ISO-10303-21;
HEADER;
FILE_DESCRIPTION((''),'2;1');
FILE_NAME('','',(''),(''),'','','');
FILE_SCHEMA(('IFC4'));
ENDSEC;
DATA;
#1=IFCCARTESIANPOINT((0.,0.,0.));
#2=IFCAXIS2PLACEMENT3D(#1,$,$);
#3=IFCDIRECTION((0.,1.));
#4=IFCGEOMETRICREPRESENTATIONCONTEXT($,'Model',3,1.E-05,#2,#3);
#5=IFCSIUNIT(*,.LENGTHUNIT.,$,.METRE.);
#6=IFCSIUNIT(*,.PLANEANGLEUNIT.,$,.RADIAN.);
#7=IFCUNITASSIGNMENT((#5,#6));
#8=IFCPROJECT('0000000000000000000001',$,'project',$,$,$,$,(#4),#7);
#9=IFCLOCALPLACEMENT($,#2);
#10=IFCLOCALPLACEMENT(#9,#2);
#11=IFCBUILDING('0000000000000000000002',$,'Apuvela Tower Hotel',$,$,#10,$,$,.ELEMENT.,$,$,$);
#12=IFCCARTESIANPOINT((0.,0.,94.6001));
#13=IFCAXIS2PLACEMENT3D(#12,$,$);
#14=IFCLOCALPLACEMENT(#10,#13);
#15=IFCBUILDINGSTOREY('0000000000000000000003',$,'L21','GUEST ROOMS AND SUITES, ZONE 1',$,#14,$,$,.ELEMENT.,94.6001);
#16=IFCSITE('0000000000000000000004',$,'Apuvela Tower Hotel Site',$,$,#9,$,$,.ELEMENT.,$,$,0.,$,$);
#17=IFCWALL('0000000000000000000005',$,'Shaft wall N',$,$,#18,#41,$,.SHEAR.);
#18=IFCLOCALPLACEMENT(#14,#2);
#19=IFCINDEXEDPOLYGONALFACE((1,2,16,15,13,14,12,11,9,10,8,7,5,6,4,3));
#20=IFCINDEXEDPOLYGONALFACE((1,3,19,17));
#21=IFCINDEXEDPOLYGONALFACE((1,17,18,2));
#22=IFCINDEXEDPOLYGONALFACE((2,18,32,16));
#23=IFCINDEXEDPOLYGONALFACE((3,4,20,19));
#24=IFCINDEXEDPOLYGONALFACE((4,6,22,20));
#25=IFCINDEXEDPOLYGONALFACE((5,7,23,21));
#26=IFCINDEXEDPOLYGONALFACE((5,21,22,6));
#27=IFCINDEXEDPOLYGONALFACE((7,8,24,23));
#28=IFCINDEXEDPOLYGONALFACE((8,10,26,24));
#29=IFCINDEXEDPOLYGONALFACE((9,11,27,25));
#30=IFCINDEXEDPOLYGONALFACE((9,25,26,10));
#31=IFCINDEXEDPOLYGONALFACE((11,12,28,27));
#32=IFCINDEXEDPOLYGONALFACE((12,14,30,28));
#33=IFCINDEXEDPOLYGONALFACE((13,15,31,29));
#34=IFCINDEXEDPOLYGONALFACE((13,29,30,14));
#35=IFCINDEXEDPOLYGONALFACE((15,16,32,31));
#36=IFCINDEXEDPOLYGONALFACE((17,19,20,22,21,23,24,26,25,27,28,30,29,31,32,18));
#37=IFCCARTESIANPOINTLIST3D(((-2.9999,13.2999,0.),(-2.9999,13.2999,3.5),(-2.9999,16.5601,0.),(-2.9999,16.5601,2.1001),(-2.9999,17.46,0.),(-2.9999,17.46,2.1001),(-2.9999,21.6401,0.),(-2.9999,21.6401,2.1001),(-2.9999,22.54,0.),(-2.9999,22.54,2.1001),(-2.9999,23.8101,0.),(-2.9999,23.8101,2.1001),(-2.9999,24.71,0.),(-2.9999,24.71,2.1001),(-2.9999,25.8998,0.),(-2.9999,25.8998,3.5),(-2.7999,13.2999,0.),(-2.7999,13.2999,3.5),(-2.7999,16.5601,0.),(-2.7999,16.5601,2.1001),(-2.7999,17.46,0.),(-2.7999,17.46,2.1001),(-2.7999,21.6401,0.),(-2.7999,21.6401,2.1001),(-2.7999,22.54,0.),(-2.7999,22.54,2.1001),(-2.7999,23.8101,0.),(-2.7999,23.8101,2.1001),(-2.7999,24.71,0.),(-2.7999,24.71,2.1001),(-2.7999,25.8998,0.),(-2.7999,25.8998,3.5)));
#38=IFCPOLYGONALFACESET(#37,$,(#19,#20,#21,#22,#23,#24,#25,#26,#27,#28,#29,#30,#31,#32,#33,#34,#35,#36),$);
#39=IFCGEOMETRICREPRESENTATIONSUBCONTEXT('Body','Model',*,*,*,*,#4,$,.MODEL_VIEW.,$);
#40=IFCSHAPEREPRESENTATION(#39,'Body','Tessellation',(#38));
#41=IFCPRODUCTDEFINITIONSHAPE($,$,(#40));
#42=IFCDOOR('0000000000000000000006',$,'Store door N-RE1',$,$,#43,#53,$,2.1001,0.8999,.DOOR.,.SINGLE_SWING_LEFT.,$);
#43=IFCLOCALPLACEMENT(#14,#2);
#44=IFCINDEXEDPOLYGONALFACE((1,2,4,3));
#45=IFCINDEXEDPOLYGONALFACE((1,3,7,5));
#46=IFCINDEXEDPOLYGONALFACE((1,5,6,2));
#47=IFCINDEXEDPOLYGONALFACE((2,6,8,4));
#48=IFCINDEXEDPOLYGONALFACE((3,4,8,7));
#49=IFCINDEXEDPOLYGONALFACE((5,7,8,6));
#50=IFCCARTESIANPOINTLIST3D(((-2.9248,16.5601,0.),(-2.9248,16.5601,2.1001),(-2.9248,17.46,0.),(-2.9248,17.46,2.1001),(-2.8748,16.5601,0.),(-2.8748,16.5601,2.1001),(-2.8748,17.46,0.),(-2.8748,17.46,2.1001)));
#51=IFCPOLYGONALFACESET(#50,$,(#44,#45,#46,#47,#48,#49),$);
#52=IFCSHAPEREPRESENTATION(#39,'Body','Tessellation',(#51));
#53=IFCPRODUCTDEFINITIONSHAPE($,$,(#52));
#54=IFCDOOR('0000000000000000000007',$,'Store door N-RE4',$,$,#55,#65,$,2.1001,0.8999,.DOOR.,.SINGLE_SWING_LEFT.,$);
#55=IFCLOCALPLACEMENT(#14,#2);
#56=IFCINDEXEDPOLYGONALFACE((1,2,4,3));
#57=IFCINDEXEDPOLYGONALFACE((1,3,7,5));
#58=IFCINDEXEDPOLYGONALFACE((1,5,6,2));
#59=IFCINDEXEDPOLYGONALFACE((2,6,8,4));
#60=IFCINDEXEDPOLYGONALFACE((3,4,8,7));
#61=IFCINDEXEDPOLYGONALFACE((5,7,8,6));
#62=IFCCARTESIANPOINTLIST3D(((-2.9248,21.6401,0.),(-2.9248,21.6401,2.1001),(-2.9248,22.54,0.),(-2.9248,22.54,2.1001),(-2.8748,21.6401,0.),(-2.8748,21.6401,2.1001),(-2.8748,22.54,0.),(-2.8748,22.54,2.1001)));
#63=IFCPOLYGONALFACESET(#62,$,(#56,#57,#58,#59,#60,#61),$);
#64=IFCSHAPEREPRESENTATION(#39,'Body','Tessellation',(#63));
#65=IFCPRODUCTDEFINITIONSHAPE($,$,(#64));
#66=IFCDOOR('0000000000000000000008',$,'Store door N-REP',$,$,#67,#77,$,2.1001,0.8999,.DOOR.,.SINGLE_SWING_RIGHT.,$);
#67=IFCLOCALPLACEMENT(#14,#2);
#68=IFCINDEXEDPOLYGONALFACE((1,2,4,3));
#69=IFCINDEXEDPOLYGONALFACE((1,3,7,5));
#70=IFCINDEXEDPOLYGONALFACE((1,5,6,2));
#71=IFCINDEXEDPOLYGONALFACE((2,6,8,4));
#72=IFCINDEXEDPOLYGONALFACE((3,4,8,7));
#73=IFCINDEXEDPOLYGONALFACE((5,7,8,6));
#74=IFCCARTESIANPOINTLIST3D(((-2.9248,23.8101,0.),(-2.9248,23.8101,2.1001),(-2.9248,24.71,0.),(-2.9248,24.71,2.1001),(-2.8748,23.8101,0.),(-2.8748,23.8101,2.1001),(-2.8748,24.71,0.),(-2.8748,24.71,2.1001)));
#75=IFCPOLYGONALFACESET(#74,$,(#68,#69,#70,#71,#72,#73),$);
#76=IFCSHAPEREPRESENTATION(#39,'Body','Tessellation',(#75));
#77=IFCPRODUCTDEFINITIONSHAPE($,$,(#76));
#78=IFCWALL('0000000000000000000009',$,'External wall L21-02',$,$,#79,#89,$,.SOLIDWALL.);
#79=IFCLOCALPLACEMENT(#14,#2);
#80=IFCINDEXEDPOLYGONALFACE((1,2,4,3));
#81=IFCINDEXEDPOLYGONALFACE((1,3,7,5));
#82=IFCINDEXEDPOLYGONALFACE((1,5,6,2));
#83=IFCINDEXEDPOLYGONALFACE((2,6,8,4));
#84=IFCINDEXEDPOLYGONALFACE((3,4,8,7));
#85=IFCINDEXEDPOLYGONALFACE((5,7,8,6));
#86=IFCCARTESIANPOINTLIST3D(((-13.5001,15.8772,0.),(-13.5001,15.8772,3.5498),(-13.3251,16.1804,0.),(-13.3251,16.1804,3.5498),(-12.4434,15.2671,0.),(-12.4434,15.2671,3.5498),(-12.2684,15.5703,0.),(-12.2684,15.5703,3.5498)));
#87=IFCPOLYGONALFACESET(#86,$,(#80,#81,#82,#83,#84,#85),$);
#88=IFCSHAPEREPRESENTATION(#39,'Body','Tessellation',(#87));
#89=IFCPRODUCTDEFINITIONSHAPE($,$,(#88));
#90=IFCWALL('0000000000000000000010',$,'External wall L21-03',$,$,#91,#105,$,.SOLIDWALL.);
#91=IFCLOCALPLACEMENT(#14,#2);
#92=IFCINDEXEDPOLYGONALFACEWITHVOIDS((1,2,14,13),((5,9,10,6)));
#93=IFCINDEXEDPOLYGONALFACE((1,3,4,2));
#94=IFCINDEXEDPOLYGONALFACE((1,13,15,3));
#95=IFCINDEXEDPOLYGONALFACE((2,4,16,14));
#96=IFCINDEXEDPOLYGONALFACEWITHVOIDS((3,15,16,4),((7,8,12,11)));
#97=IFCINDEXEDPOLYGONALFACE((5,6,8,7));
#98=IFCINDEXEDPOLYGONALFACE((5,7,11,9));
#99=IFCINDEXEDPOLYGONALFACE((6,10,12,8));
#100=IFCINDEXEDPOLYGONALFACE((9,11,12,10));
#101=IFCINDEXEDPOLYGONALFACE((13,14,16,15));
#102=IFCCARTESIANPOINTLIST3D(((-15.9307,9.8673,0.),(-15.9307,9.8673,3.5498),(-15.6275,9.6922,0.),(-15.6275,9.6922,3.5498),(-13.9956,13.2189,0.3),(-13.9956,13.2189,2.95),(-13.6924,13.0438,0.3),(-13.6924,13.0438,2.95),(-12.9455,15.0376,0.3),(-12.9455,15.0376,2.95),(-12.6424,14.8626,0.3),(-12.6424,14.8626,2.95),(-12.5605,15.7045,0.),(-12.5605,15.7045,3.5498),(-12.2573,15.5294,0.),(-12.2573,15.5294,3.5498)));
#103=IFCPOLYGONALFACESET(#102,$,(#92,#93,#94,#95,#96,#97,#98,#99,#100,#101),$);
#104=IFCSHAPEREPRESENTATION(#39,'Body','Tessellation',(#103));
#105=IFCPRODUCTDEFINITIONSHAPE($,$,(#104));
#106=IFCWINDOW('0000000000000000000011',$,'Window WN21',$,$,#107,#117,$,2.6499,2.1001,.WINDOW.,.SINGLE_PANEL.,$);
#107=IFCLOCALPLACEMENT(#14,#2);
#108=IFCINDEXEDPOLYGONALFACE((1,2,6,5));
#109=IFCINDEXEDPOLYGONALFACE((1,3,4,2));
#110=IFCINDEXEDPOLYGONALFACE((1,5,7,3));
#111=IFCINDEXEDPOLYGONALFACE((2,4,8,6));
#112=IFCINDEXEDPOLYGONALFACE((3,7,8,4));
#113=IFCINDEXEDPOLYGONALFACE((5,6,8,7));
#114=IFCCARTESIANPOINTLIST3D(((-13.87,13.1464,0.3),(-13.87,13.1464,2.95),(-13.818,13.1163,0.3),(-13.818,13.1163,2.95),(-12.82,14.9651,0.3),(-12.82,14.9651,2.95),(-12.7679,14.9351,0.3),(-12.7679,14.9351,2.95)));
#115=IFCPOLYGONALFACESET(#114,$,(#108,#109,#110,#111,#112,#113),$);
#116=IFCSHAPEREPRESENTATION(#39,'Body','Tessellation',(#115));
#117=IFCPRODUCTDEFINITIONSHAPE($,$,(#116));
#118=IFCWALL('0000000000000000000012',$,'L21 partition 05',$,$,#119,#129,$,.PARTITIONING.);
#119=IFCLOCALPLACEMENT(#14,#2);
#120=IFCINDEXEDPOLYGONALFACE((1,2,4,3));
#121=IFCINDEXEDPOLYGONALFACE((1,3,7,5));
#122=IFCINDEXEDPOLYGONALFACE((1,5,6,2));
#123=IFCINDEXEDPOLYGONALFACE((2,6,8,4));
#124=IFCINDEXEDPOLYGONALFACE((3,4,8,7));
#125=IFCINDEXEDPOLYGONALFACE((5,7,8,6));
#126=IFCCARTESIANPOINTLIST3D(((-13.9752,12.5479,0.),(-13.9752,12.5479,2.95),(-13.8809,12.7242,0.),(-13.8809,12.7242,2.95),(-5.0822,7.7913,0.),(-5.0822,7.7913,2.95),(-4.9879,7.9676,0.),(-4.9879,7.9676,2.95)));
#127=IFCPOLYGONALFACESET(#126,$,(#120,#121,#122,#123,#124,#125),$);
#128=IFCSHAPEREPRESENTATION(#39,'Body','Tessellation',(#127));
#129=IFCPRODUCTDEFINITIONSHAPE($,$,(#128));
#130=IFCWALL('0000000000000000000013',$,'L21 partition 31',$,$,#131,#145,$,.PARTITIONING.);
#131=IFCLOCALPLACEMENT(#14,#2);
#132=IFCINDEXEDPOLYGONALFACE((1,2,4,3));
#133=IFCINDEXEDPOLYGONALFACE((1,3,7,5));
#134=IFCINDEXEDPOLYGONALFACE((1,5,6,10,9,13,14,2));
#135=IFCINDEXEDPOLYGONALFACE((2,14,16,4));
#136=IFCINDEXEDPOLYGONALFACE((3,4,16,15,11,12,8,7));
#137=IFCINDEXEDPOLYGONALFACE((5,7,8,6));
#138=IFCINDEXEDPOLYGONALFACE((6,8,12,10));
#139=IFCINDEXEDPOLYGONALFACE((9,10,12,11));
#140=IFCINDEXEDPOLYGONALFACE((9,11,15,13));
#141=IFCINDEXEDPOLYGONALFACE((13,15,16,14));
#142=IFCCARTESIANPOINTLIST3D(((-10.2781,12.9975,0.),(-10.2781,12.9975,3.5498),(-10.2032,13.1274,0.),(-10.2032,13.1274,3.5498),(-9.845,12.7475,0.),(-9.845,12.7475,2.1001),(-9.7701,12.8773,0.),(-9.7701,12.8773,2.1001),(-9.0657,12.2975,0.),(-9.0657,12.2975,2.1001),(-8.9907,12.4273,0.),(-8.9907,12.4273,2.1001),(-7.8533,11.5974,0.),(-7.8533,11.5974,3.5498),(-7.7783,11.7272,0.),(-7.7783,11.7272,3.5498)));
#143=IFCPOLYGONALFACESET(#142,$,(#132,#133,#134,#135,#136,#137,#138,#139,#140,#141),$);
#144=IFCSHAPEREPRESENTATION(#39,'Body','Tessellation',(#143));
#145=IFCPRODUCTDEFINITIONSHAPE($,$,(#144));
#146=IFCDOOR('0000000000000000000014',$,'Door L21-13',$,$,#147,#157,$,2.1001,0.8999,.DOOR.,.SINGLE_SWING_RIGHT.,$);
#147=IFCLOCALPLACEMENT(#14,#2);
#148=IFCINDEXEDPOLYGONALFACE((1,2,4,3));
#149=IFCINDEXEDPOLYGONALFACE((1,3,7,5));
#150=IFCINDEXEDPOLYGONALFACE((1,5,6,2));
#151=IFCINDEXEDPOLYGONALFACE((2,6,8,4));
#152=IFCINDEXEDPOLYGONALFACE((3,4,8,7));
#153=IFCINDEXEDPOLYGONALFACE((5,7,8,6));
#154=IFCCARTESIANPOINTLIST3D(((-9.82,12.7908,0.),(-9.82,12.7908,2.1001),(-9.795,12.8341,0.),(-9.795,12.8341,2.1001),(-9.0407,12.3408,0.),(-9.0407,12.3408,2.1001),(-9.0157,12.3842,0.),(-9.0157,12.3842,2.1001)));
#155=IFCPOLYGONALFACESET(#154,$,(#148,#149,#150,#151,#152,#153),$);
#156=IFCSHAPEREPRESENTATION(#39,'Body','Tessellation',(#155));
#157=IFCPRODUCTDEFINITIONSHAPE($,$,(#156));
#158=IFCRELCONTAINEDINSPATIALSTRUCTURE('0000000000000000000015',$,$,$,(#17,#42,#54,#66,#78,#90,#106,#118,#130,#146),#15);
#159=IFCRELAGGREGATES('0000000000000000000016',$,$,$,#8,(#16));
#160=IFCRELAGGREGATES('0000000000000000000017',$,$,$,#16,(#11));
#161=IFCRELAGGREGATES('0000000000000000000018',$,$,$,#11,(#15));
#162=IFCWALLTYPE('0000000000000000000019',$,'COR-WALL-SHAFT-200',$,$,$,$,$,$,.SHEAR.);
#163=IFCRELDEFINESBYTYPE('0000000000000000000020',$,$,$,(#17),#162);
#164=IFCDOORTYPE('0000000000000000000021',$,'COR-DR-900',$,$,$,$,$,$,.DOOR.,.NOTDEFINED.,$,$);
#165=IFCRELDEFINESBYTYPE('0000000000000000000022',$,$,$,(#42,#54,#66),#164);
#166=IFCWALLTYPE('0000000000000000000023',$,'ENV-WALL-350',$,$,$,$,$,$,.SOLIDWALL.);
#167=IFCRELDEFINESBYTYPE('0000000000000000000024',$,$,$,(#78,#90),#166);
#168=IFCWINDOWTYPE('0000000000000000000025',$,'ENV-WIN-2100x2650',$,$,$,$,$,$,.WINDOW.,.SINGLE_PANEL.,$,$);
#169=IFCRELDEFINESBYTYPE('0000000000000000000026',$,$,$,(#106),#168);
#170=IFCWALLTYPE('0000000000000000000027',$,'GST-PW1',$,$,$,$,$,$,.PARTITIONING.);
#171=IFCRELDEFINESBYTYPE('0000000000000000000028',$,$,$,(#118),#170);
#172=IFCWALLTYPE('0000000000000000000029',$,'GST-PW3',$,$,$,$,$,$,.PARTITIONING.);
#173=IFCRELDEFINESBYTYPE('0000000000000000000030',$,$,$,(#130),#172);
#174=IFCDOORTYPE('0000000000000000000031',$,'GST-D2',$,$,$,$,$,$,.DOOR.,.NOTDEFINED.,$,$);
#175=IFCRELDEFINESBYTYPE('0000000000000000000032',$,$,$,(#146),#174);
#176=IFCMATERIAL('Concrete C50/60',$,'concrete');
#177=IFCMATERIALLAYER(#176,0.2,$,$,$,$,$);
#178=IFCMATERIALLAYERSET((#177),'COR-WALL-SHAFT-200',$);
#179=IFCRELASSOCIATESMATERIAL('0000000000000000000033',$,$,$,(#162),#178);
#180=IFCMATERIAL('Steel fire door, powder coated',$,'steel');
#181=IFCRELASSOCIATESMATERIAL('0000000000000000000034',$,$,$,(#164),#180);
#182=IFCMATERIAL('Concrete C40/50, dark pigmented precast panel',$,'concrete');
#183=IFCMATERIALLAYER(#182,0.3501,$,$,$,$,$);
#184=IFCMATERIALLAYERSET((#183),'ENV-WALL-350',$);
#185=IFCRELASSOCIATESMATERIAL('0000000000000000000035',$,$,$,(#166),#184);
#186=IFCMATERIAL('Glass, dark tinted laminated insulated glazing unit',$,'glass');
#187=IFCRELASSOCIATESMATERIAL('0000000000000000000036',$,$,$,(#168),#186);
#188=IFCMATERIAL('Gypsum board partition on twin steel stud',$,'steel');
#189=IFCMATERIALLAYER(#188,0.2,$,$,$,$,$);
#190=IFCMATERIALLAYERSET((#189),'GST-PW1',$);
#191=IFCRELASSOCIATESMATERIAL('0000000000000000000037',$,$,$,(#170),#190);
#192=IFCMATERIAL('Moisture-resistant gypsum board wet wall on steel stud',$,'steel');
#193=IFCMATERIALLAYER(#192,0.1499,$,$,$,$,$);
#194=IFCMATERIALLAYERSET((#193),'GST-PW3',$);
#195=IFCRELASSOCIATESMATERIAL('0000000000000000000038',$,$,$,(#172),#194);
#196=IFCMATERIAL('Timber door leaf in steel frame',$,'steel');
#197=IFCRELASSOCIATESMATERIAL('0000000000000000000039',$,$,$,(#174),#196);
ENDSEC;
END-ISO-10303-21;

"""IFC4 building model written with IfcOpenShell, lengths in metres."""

from ifc_helpers import new_model, si_unit, direction, frame, frame_2d, origin, place, context, subcontext, project, spatial, rectangle, extrude, material, layer, layer_set, type_object, element, fill, save


model = new_model("IFC4")

# Units and contexts
model_context = context("Model", 3, precision=1e-05, world=origin(), true_north=direction((0.0, 1.0)))
body_context = subcontext(model_context, "Body", "Model", "MODEL_VIEW")
ifc_project = project(units=[si_unit("LENGTHUNIT", "METRE"), si_unit("PLANEANGLEUNIT", "RADIAN")], contexts=[model_context])

# Site, building, storey
site_placement = place(None, origin())
site = spatial("IfcSite", under=ifc_project, at=site_placement, Name="Apuvela Tower Hotel Site", CompositionType="ELEMENT", RefElevation=0.0)
building_placement = place(site_placement, origin())
building = spatial("IfcBuilding", under=site, at=building_placement, Name="Apuvela Tower Hotel", CompositionType="ELEMENT")
storey_placement = place(building_placement, frame((0.0, 0.0, 94.6001)))
storey = spatial("IfcBuildingStorey", under=building, at=storey_placement, Name="L21", Description="GUEST ROOMS AND SUITES, ZONE 1", CompositionType="ELEMENT", Elevation=94.6001)

# Shared definitions
ifc_material_1 = material(Name="Concrete C50/60", Category="concrete")
ifc_layer_1 = layer(ifc_material_1, 0.2)
ifc_layer_set_1 = layer_set([ifc_layer_1], Name="COR-WALL-SHAFT-200")
wall_type_1 = type_object("IfcWallType", Name="COR-WALL-SHAFT-200", PredefinedType="SHEAR", material=ifc_layer_set_1)

# Wall, openings, doors
wall_1_placement = place(storey_placement, frame((-2.8999, 13.3, 0.0), z_axis=(0.0, 0.0, 1.0), x_axis=(0.0, 1.0, 0.0)))
wall_1 = element("IfcWall", 1, at=wall_1_placement, inside=storey, type_object=wall_type_1, Name="Shaft wall N", PredefinedType="SHEAR", context=body_context, shape_type="SweptSolid", body=[
    extrude(rectangle(XDim=12.5999, YDim=0.2, at=frame_2d((6.2998, 0.0))), origin(), (0.0, 0.0, 1.0), 3.5),
])
opening_1_placement = place(wall_1_placement, frame((3.26, 0.0, 0.0)))
opening_1 = element("IfcOpeningElement", 2, at=opening_1_placement, cuts=wall_1, PredefinedType="OPENING", context=body_context, shape_type="SweptSolid", body=[
    extrude(rectangle(XDim=0.8999, YDim=2.1001, at=frame_2d((0.45, 1.05))), frame((0.0, 0.1099, 0.0), z_axis=(0.0, -1.0, 0.0), x_axis=(1.0, 0.0, 0.0)), (0.0, 0.0, 1.0), 0.22),
])
opening_2_placement = place(wall_1_placement, frame((8.3401, 0.0, 0.0)))
opening_2 = element("IfcOpeningElement", 3, at=opening_2_placement, cuts=wall_1, PredefinedType="OPENING", context=body_context, shape_type="SweptSolid", body=[
    extrude(rectangle(XDim=0.8999, YDim=2.1001, at=frame_2d((0.45, 1.05))), frame((0.0, 0.1099, 0.0), z_axis=(0.0, -1.0, 0.0), x_axis=(1.0, 0.0, 0.0)), (0.0, 0.0, 1.0), 0.22),
])
opening_3_placement = place(wall_1_placement, frame((10.51, 0.0, 0.0)))
opening_3 = element("IfcOpeningElement", 4, at=opening_3_placement, cuts=wall_1, PredefinedType="OPENING", context=body_context, shape_type="SweptSolid", body=[
    extrude(rectangle(XDim=0.8999, YDim=2.1001, at=frame_2d((0.45, 1.05))), frame((0.0, 0.1099, 0.0), z_axis=(0.0, -1.0, 0.0), x_axis=(1.0, 0.0, 0.0)), (0.0, 0.0, 1.0), 0.22),
])
ifc_material_2 = material(Name="Steel fire door, powder coated", Category="steel")
door_type_1 = type_object("IfcDoorType", Name="COR-DR-900", OperationType="NOTDEFINED", PredefinedType="DOOR", material=ifc_material_2)
door_1_placement = place(opening_1_placement, origin())
door_1 = element("IfcDoor", 5, at=door_1_placement, inside=storey, type_object=door_type_1, Name="Store door N-RE1", OperationType="SINGLE_SWING_LEFT", OverallHeight=2.1001, OverallWidth=0.8999, PredefinedType="DOOR", context=body_context, shape_type="SweptSolid", body=[
    extrude(rectangle(XDim=0.8999, YDim=2.1001, at=frame_2d((0.45, 1.05))), frame((0.0, 0.0249, 0.0), z_axis=(0.0, -1.0, 0.0), x_axis=(1.0, 0.0, 0.0)), (0.0, 0.0, 1.0), 0.05),
])
fill(opening_1, door_1)
door_2_placement = place(opening_2_placement, origin())
door_2 = element("IfcDoor", 6, at=door_2_placement, inside=storey, type_object=door_type_1, Name="Store door N-RE4", OperationType="SINGLE_SWING_LEFT", OverallHeight=2.1001, OverallWidth=0.8999, PredefinedType="DOOR", context=body_context, shape_type="SweptSolid", body=[
    extrude(rectangle(XDim=0.8999, YDim=2.1001, at=frame_2d((0.45, 1.05))), frame((0.0, 0.0249, 0.0), z_axis=(0.0, -1.0, 0.0), x_axis=(1.0, 0.0, 0.0)), (0.0, 0.0, 1.0), 0.05),
])
fill(opening_2, door_2)
door_3_placement = place(opening_3_placement, origin())
door_3 = element("IfcDoor", 7, at=door_3_placement, inside=storey, type_object=door_type_1, Name="Store door N-REP", OperationType="SINGLE_SWING_RIGHT", OverallHeight=2.1001, OverallWidth=0.8999, PredefinedType="DOOR", context=body_context, shape_type="SweptSolid", body=[
    extrude(rectangle(XDim=0.8999, YDim=2.1001, at=frame_2d((0.45, 1.05))), frame((0.0, 0.0249, 0.0), z_axis=(0.0, -1.0, 0.0), x_axis=(1.0, 0.0, 0.0)), (0.0, 0.0, 1.0), 0.05),
])
fill(opening_3, door_3)

# Wall
ifc_material_3 = material(Name="Concrete C40/50, dark pigmented precast panel", Category="concrete")
ifc_layer_2 = layer(ifc_material_3, 0.3501)
ifc_layer_set_2 = layer_set([ifc_layer_2], Name="ENV-WALL-350")
wall_type_2 = type_object("IfcWallType", Name="ENV-WALL-350", PredefinedType="SOLIDWALL", material=ifc_layer_set_2)
wall_2_placement = place(storey_placement, frame((-13.4126, 16.0288, 0.0), z_axis=(0.0, 0.0, 1.0), x_axis=(0.866006, -0.500034, 0.0)))
element("IfcWall", 8, at=wall_2_placement, inside=storey, type_object=wall_type_2, Name="External wall L21-02", PredefinedType="SOLIDWALL", context=body_context, shape_type="SweptSolid", body=[
    extrude(rectangle(XDim=1.2202, YDim=0.3501, at=frame_2d((0.6101, 0.0))), origin(), (0.0, 0.0, 1.0), 3.5498),
])

# Wall, opening, window
wall_3_placement = place(storey_placement, frame((-12.4089, 15.6169, 0.0), z_axis=(0.0, 0.0, 1.0), x_axis=(-0.500004, -0.866023, 0.0)))
wall_3 = element("IfcWall", 9, at=wall_3_placement, inside=storey, type_object=wall_type_2, Name="External wall L21-03", PredefinedType="SOLIDWALL", context=body_context, shape_type="SweptSolid", body=[
    extrude(rectangle(XDim=6.7402, YDim=0.3501, at=frame_2d((3.3701, 0.0))), origin(), (0.0, 0.0, 1.0), 3.5498),
])
opening_4_placement = place(wall_3_placement, frame((0.77, 0.0, 0.3)))
opening_4 = element("IfcOpeningElement", 10, at=opening_4_placement, cuts=wall_3, PredefinedType="OPENING", context=body_context, shape_type="SweptSolid", body=[
    extrude(rectangle(XDim=2.1001, YDim=2.6499, at=frame_2d((1.05, 1.325))), frame((0.0, 0.1851, 0.0), z_axis=(0.0, -1.0, 0.0), x_axis=(1.0, 0.0, 0.0)), (0.0, 0.0, 1.0), 0.3701),
])
ifc_material_4 = material(Name="Glass, dark tinted laminated insulated glazing unit", Category="glass")
window_type = type_object("IfcWindowType", Name="ENV-WIN-2100x2650", PartitioningType="SINGLE_PANEL", PredefinedType="WINDOW", material=ifc_material_4)
window_placement = place(opening_4_placement, origin())
window = element("IfcWindow", 11, at=window_placement, inside=storey, type_object=window_type, Name="Window WN21", OverallHeight=2.6499, OverallWidth=2.1001, PartitioningType="SINGLE_PANEL", PredefinedType="WINDOW", context=body_context, shape_type="SweptSolid", body=[
    extrude(rectangle(XDim=2.1001, YDim=2.6499, at=frame_2d((1.05, 1.325))), frame((0.0, 0.03, 0.0), z_axis=(0.0, -1.0, 0.0), x_axis=(1.0, 0.0, 0.0)), (0.0, 0.0, 1.0), 0.0601),
])
fill(opening_4, window)

# Wall
ifc_material_5 = material(Name="Gypsum board partition on twin steel stud", Category="steel")
ifc_layer_3 = layer(ifc_material_5, 0.2)
ifc_layer_set_3 = layer_set([ifc_layer_3], Name="GST-PW1")
wall_type_3 = type_object("IfcWallType", Name="GST-PW1", PredefinedType="PARTITIONING", material=ifc_layer_set_3)
wall_4_placement = place(storey_placement, frame((-13.928, 12.636, 0.0), z_axis=(0.0, 0.0, 1.0), x_axis=(0.881791, -0.47164, 0.0)))
element("IfcWall", 12, at=wall_4_placement, inside=storey, type_object=wall_type_3, Name="L21 partition 05", PredefinedType="PARTITIONING", context=body_context, shape_type="SweptSolid", body=[
    extrude(rectangle(XDim=10.0852, YDim=0.2, at=frame_2d((5.0425, 0.0))), origin(), (0.0, 0.0, 1.0), 2.95),
])

# Wall, opening, door
ifc_material_6 = material(Name="Moisture-resistant gypsum board wet wall on steel stud", Category="steel")
ifc_layer_4 = layer(ifc_material_6, 0.1499)
ifc_layer_set_4 = layer_set([ifc_layer_4], Name="GST-PW3")
wall_type_4 = type_object("IfcWallType", Name="GST-PW3", PredefinedType="PARTITIONING", material=ifc_layer_set_4)
wall_5_placement = place(storey_placement, frame((-7.8159, 11.6624, 0.0), z_axis=(0.0, 0.0, 1.0), x_axis=(-0.865997, 0.50005, 0.0)))
wall_5 = element("IfcWall", 13, at=wall_5_placement, inside=storey, type_object=wall_type_4, Name="L21 partition 31", PredefinedType="PARTITIONING", context=body_context, shape_type="SweptSolid", body=[
    extrude(rectangle(XDim=2.8, YDim=0.1499, at=frame_2d((1.3999, 0.0))), origin(), (0.0, 0.0, 1.0), 3.5498),
])
opening_5_placement = place(wall_5_placement, frame((1.3999, 0.0, 0.0)))
opening_5 = element("IfcOpeningElement", 14, at=opening_5_placement, cuts=wall_5, PredefinedType="OPENING", context=body_context, shape_type="SweptSolid", body=[
    extrude(rectangle(XDim=0.8999, YDim=2.1001, at=frame_2d((0.45, 1.05))), frame((0.0, 0.085, 0.0), z_axis=(0.0, -1.0, 0.0), x_axis=(1.0, 0.0, 0.0)), (0.0, 0.0, 1.0), 0.1699),
])
ifc_material_7 = material(Name="Timber door leaf in steel frame", Category="steel")
door_type_2 = type_object("IfcDoorType", Name="GST-D2", OperationType="NOTDEFINED", PredefinedType="DOOR", material=ifc_material_7)
door_4_placement = place(opening_5_placement, origin())
door_4 = element("IfcDoor", 15, at=door_4_placement, inside=storey, type_object=door_type_2, Name="Door L21-13", OperationType="SINGLE_SWING_RIGHT", OverallHeight=2.1001, OverallWidth=0.8999, PredefinedType="DOOR", context=body_context, shape_type="SweptSolid", body=[
    extrude(rectangle(XDim=0.8999, YDim=2.1001, at=frame_2d((0.45, 1.05))), frame((0.0, 0.0249, 0.0), z_axis=(0.0, -1.0, 0.0), x_axis=(1.0, 0.0, 0.0)), (0.0, 0.0, 1.0), 0.05),
])
fill(opening_5, door_4)

save(model, "model.ifc")
